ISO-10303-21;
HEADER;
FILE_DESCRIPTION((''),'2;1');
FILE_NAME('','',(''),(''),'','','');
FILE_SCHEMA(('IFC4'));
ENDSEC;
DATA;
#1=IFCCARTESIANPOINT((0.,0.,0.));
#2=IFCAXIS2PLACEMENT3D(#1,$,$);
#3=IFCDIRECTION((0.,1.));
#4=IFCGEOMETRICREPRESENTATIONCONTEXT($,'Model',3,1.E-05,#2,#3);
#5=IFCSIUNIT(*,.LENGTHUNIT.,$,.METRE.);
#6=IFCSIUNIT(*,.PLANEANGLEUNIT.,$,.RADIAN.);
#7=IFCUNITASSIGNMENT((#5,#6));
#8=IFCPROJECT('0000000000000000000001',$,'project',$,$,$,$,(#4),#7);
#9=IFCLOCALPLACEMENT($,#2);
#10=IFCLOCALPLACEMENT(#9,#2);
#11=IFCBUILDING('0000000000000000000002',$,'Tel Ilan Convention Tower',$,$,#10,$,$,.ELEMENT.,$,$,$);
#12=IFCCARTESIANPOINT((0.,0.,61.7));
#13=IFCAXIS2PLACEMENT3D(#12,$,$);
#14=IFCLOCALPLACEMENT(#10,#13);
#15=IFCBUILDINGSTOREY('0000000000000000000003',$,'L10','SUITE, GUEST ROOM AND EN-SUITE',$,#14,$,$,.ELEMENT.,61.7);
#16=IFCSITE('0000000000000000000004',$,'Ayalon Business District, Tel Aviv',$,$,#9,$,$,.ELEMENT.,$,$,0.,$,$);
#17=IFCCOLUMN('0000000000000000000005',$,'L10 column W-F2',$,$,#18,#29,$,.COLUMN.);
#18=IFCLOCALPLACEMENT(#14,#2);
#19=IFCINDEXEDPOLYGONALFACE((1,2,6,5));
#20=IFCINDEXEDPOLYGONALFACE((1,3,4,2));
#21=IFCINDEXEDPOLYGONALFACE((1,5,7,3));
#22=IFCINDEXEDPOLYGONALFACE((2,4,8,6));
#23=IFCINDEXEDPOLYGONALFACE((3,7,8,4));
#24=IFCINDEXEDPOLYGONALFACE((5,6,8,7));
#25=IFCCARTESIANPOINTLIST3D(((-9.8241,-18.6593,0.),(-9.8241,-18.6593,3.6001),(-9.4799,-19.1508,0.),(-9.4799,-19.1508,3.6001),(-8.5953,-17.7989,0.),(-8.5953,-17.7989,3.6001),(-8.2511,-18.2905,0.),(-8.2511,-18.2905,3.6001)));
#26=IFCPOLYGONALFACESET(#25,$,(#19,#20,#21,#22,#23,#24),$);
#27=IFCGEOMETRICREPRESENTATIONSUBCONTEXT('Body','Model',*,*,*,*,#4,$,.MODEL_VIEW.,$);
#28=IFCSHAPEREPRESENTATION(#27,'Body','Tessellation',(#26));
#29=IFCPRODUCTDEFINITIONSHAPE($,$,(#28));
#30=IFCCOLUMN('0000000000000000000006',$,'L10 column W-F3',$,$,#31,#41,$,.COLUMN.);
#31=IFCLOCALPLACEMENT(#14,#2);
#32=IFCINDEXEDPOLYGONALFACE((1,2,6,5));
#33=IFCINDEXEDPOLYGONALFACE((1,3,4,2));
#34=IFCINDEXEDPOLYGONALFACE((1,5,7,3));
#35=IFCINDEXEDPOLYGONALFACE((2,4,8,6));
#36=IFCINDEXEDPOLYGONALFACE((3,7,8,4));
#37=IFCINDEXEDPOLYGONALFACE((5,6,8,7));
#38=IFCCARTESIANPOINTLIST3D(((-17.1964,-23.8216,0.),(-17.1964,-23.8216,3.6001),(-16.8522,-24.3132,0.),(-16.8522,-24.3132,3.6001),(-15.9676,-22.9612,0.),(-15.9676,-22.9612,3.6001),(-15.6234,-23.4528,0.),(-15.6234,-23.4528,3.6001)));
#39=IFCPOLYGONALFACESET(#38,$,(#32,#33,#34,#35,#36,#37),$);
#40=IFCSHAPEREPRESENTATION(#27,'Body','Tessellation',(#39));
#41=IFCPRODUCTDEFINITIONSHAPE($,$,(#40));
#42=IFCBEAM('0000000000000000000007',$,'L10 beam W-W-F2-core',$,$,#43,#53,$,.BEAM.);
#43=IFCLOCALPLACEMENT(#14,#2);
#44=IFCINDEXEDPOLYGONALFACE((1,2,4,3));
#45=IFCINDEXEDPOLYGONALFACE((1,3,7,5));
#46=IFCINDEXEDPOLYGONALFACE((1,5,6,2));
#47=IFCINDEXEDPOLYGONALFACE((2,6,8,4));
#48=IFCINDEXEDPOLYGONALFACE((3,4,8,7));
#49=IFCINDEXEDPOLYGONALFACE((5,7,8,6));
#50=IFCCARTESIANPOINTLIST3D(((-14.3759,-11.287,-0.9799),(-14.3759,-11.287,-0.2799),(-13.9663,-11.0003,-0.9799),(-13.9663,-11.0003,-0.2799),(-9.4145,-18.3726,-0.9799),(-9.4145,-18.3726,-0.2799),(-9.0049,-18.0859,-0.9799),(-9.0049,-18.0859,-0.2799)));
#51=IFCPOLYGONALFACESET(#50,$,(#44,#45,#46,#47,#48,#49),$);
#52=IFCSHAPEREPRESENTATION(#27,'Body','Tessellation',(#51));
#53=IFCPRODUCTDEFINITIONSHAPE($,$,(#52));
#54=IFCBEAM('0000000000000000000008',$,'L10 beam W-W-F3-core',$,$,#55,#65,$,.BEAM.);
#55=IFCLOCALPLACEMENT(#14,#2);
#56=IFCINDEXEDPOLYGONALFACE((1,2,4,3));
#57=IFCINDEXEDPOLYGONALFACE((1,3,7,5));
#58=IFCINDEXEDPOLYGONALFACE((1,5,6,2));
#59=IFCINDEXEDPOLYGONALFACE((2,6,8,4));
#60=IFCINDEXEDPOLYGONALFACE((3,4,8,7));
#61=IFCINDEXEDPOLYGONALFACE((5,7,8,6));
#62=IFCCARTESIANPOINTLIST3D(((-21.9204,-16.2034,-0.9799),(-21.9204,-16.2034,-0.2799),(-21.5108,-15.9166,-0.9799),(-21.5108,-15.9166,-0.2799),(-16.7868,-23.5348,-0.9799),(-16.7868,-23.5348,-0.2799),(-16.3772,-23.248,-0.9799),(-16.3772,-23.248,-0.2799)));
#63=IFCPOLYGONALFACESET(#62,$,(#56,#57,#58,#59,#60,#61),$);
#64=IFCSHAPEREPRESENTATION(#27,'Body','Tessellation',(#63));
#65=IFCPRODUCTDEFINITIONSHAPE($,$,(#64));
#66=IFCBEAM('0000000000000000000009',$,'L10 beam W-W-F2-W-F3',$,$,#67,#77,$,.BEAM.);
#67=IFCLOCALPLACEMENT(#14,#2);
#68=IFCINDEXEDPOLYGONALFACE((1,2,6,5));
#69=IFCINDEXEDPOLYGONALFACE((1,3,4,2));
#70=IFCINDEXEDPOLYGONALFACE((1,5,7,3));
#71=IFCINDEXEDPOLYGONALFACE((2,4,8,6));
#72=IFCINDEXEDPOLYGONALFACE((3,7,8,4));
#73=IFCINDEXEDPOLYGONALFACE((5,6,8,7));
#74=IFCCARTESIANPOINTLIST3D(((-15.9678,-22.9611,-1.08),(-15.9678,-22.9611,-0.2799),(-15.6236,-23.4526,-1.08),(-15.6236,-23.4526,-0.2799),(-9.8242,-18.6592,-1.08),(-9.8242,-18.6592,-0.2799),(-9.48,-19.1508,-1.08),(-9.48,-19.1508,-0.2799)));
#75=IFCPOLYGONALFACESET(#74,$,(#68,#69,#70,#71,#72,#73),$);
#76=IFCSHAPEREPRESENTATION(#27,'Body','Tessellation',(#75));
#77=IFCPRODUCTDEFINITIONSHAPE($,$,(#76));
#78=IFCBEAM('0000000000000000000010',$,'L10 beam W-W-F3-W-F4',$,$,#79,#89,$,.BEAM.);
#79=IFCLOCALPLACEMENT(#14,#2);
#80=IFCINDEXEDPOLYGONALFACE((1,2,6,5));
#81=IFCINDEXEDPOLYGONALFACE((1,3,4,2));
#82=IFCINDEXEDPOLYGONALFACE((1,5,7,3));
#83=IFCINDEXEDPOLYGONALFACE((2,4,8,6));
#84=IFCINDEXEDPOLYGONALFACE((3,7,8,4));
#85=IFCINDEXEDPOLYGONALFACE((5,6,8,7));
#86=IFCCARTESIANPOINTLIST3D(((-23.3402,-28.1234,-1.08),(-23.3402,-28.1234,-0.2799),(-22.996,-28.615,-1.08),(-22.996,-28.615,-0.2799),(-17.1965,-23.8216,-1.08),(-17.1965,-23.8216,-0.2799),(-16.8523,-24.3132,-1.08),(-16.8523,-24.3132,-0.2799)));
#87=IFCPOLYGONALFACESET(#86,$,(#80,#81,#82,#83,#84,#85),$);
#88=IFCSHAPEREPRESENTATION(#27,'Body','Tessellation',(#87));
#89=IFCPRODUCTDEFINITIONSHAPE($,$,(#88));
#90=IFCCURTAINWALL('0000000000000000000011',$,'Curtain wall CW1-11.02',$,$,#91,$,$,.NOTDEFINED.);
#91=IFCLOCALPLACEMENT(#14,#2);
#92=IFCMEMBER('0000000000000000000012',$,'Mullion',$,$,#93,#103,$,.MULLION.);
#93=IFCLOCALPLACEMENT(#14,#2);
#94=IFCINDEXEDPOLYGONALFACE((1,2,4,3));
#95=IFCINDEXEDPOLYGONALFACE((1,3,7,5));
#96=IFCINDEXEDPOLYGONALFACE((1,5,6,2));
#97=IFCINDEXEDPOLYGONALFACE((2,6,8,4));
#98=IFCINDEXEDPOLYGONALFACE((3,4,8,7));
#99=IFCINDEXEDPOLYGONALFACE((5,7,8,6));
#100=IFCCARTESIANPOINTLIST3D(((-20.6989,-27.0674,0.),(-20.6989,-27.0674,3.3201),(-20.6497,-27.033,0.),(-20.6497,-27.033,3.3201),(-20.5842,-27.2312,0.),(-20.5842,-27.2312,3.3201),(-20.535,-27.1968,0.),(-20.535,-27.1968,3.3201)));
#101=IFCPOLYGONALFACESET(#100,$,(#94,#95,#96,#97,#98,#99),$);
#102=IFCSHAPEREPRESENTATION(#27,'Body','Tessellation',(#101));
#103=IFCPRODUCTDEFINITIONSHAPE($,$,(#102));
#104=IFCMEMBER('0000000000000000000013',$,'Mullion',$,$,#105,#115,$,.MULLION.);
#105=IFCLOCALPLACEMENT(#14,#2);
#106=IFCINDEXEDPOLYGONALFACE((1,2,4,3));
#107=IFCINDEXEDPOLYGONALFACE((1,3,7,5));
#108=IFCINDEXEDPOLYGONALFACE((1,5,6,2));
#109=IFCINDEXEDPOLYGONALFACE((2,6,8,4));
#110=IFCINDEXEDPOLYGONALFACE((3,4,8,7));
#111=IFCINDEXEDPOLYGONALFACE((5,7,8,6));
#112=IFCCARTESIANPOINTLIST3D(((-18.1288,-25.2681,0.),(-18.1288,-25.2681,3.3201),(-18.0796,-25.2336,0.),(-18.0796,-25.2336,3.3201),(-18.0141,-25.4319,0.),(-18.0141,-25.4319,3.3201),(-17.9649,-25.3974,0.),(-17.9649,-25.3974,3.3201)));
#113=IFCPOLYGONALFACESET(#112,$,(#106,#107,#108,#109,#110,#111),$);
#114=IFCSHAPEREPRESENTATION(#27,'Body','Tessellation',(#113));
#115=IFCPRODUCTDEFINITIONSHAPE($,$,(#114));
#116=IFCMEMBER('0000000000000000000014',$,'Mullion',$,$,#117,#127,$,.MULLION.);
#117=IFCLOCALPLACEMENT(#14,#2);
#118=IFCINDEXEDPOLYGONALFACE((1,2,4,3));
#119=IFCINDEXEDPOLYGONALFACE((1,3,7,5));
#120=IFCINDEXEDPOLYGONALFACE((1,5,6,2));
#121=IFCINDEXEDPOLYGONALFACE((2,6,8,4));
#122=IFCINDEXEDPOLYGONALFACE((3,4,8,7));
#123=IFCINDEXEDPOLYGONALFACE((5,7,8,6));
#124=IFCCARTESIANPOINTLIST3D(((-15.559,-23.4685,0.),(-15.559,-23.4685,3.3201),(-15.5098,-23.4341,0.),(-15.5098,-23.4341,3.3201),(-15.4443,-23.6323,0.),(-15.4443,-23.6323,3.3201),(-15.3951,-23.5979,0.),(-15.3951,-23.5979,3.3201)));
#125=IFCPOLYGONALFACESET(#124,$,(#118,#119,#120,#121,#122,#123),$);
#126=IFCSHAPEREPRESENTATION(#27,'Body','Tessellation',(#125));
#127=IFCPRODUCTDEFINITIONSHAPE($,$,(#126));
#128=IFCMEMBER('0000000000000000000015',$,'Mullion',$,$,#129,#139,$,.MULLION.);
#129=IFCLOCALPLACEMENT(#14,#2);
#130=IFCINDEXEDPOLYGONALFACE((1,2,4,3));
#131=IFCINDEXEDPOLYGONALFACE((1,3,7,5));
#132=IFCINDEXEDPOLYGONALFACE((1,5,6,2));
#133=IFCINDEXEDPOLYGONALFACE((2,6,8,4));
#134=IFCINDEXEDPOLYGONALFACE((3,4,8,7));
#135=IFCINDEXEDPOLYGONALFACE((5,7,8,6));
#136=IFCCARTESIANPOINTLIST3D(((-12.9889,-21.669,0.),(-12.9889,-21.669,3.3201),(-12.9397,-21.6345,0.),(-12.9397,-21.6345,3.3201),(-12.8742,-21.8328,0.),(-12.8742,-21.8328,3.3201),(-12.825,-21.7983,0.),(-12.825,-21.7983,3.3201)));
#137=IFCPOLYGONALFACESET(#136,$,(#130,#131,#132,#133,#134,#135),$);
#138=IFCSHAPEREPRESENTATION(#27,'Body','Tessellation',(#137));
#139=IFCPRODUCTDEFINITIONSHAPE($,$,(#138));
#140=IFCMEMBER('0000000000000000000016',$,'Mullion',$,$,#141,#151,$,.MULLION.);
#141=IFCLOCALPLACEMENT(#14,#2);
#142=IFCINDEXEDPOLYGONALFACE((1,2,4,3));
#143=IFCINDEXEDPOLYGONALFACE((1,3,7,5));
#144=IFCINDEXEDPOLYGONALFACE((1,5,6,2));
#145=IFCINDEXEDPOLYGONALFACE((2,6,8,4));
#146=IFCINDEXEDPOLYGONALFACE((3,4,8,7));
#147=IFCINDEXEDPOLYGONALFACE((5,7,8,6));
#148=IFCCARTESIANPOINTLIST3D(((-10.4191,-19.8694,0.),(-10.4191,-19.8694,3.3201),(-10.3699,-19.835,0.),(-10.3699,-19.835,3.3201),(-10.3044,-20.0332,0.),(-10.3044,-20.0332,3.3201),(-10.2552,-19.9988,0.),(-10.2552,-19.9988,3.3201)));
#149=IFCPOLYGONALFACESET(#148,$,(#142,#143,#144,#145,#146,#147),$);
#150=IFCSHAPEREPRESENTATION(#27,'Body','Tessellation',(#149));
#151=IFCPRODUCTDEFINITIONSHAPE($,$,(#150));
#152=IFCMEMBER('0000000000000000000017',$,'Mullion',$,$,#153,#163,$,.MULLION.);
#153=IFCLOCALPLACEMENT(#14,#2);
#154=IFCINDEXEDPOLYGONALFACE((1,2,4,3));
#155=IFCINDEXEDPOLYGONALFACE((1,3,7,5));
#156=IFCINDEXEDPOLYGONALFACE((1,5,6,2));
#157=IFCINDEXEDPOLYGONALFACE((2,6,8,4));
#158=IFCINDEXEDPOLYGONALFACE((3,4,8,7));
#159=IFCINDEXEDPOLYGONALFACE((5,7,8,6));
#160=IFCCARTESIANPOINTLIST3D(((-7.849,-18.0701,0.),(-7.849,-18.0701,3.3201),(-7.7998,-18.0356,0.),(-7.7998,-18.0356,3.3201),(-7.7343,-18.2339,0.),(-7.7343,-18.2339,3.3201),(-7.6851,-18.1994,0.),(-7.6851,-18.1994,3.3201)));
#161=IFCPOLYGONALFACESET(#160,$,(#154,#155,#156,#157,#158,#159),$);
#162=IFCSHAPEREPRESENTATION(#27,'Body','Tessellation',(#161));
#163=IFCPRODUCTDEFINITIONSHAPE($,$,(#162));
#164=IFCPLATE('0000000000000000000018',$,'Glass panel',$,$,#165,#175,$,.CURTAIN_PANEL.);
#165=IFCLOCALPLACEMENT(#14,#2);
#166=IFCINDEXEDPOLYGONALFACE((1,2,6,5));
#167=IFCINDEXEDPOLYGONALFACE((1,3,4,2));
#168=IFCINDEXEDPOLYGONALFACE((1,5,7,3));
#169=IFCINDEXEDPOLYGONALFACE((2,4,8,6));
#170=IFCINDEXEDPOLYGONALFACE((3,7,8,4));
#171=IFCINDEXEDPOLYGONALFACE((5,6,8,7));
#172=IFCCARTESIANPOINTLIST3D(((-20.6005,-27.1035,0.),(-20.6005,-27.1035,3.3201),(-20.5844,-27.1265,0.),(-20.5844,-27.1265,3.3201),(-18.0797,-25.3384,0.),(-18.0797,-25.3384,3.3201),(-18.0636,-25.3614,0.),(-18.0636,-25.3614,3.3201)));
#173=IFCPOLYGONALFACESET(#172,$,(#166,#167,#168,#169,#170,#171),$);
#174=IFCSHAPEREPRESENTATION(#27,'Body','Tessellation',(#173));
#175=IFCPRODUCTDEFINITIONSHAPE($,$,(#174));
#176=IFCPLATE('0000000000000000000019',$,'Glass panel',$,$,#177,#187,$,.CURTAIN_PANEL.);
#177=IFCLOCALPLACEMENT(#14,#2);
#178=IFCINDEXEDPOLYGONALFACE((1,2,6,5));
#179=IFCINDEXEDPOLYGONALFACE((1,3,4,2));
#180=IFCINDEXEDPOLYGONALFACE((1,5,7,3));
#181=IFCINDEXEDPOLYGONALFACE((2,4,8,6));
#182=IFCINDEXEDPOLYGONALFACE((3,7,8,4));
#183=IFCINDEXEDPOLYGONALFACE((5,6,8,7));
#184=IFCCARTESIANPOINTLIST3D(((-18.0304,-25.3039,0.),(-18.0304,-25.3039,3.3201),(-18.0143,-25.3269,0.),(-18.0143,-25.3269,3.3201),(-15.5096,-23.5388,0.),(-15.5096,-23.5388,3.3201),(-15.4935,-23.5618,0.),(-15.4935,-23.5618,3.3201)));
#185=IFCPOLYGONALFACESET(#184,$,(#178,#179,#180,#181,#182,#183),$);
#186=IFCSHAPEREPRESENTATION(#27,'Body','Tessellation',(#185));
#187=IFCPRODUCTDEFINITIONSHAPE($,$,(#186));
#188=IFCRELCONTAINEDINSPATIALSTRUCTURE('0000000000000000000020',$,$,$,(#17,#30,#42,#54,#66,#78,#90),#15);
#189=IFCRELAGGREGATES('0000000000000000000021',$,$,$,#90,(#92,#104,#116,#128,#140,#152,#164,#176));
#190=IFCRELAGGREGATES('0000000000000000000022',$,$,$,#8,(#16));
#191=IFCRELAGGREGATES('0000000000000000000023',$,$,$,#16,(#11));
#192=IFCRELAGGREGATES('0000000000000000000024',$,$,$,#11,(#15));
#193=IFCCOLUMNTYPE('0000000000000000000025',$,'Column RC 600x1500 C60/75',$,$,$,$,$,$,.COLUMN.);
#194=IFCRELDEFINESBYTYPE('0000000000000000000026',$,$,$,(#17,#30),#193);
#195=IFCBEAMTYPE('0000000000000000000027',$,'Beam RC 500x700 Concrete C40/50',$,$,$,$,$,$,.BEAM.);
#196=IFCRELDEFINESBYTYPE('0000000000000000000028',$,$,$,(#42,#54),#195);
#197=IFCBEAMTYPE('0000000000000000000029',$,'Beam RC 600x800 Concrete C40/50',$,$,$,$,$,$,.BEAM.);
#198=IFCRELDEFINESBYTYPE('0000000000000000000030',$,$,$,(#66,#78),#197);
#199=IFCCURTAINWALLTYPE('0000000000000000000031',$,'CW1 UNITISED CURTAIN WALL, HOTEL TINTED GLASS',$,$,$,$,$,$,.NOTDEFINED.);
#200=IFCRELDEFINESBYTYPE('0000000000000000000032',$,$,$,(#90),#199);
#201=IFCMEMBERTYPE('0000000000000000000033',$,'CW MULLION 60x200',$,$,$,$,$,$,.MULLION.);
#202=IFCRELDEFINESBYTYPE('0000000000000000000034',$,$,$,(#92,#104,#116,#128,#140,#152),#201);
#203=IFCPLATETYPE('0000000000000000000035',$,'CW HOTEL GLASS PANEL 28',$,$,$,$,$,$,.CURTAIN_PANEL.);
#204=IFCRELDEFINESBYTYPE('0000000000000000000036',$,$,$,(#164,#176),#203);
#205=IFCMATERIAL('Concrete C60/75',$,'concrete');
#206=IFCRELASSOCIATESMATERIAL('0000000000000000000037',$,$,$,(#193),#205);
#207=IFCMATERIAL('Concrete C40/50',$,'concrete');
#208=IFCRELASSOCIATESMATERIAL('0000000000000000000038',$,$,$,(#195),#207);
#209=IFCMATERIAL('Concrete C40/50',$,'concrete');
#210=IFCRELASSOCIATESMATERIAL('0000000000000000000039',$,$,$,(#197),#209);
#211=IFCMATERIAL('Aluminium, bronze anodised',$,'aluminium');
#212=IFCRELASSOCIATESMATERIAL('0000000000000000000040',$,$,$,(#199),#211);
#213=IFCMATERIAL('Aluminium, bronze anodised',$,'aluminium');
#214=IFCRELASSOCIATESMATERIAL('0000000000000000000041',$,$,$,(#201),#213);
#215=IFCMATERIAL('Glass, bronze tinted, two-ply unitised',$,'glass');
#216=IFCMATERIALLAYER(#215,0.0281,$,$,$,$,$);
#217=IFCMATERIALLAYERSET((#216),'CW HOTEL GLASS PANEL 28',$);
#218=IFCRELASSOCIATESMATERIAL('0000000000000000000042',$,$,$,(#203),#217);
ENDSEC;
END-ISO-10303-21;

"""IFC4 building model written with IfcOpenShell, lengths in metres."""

from ifc_helpers import new_model, si_unit, direction, frame, origin, origin_2d, place, context, subcontext, project, spatial, rectangle, extrude, material, layer, layer_set, material_profile, profile_set, type_object, element, aggregate, save


model = new_model("IFC4")

# Units and contexts
model_context = context("Model", 3, precision=1e-05, world=origin(), true_north=direction((0.0, 1.0)))
body_context = subcontext(model_context, "Body", "Model", "MODEL_VIEW")
ifc_project = project(units=[si_unit("LENGTHUNIT", "METRE"), si_unit("PLANEANGLEUNIT", "RADIAN")], contexts=[model_context])

# Site, building, storey
site_placement = place(None, origin())
site = spatial("IfcSite", under=ifc_project, at=site_placement, Name="Ayalon Business District, Tel Aviv", CompositionType="ELEMENT", RefElevation=0.0)
building_placement = place(site_placement, origin())
building = spatial("IfcBuilding", under=site, at=building_placement, Name="Tel Ilan Convention Tower", CompositionType="ELEMENT")
storey_placement = place(building_placement, frame((0.0, 0.0, 61.7)))
storey = spatial("IfcBuildingStorey", under=building, at=storey_placement, Name="L10", Description="SUITE, GUEST ROOM AND EN-SUITE", CompositionType="ELEMENT", Elevation=61.7)

# Columns
ifc_material_1 = material(Name="Concrete C60/75", Category="concrete")
ifc_material_profile_1 = material_profile(ifc_material_1, rectangle(XDim=1.5, YDim=0.6001, at=origin_2d()), Name="RC 600x1500")
ifc_profile_set_1 = profile_set([ifc_material_profile_1], Name="Concrete C60/75")
column_type = type_object("IfcColumnType", Name="Column RC 600x1500 C60/75", PredefinedType="COLUMN", material=ifc_profile_set_1)
for number, where, z_axis, x_axis, name in (
    (1, (-9.0376, -18.4749, 0.0), (0.0, 0.0, 1.0), (-0.819152, -0.573576, 0.0), "L10 column W-F2"),
    (2, (-16.4099, -23.6372, 0.0), (0.0, 0.0, 1.0), (-0.819152, -0.573576, 0.0), "L10 column W-F3"),
):
    element("IfcColumn", number, at=place(storey_placement, frame(where, z_axis=z_axis, x_axis=x_axis)), inside=storey, type_object=column_type, Name=name, PredefinedType="COLUMN", context=body_context, shape_type="SweptSolid", body=[
        extrude(rectangle(XDim=1.5, YDim=0.6001, at=origin_2d()), origin(), (0.0, 0.0, 1.0), 3.6001),
    ])

# Beams
ifc_material_2 = material(Name="Concrete C40/50", Category="concrete")
ifc_material_profile_2 = material_profile(ifc_material_2, rectangle(XDim=0.5, YDim=0.7, at=origin_2d()), Name="RC 500x700")
ifc_profile_set_2 = profile_set([ifc_material_profile_2], Name="Concrete C40/50")
beam_type_1 = type_object("IfcBeamType", Name="Beam RC 500x700 Concrete C40/50", PredefinedType="BEAM", material=ifc_profile_set_2)
beam_1_placement = place(storey_placement, frame((-9.2097, -18.2292, -0.6299), z_axis=(-0.573574, 0.819154, 0.0), x_axis=(-0.819154, -0.573574, 0.0)))
element("IfcBeam", 3, at=beam_1_placement, inside=storey, type_object=beam_type_1, Name="L10 beam W-W-F2-core", PredefinedType="BEAM", context=body_context, shape_type="SweptSolid", body=[
    extrude(rectangle(XDim=0.5, YDim=0.7, at=origin_2d()), origin(), (0.0, 0.0, 1.0), 8.6499),
])
beam_2_placement = place(storey_placement, frame((-16.582, -23.3914, -0.6299), z_axis=(-0.573585, 0.819146, 0.0), x_axis=(-0.819146, -0.573585, 0.0)))
element("IfcBeam", 4, at=beam_2_placement, inside=storey, type_object=beam_type_1, Name="L10 beam W-W-F3-core", PredefinedType="BEAM", context=body_context, shape_type="SweptSolid", body=[
    extrude(rectangle(XDim=0.5, YDim=0.7, at=origin_2d()), origin(), (0.0, 0.0, 1.0), 8.95),
])
ifc_material_3 = material(Name="Concrete C40/50", Category="concrete")
ifc_material_profile_3 = material_profile(ifc_material_3, rectangle(XDim=0.6001, YDim=0.8, at=origin_2d()), Name="RC 600x800")
ifc_profile_set_3 = profile_set([ifc_material_profile_3], Name="Concrete C40/50")
beam_type_2 = type_object("IfcBeamType", Name="Beam RC 600x800 Concrete C40/50", PredefinedType="BEAM", material=ifc_profile_set_3)
for number, where, z_axis, x_axis, name in (
    (5, (-9.6521, -18.905, -0.6799), (-0.819152, -0.573576, 0.0), (0.573576, -0.819152, 0.0), "L10 beam W-W-F2-W-F3"),
    (6, (-17.0244, -24.0674, -0.6799), (-0.819152, -0.573576, 0.0), (0.573576, -0.819152, 0.0), "L10 beam W-W-F3-W-F4"),
):
    element("IfcBeam", number, at=place(storey_placement, frame(where, z_axis=z_axis, x_axis=x_axis)), inside=storey, type_object=beam_type_2, Name=name, PredefinedType="BEAM", context=body_context, shape_type="SweptSolid", body=[
        extrude(rectangle(XDim=0.6001, YDim=0.8, at=origin_2d()), origin(), (0.0, 0.0, 1.0), 7.5),
    ])

# Curtain wall, members, plates
ifc_material_4 = material(Name="Aluminium, bronze anodised", Category="aluminium")
curtain_wall_type = type_object("IfcCurtainWallType", Name="CW1 UNITISED CURTAIN WALL, HOTEL TINTED GLASS", PredefinedType="NOTDEFINED", material=ifc_material_4)
curtain_wall_placement = place(storey_placement, origin())
curtain_wall = element("IfcCurtainWall", 7, at=curtain_wall_placement, inside=storey, type_object=curtain_wall_type, Name="Curtain wall CW1-11.02", PredefinedType="NOTDEFINED")
ifc_material_5 = material(Name="Aluminium, bronze anodised", Category="aluminium")
ifc_material_profile_4 = material_profile(ifc_material_5, rectangle(XDim=0.0601, YDim=0.2, at=origin_2d()), Name="CW MULLION 60x200")
ifc_profile_set_4 = profile_set([ifc_material_profile_4], Name="Aluminium, bronze anodised")
member_type = type_object("IfcMemberType", Name="CW MULLION 60x200", PredefinedType="MULLION", material=ifc_profile_set_4)
member_1_placement = place(storey_placement, frame((-20.6169, -27.1321, 0.0), z_axis=(0.0, 0.0, 1.0), x_axis=(0.819152, 0.573576, 0.0)))
member_1 = element("IfcMember", 8, at=member_1_placement, type_object=member_type, Name="Mullion", PredefinedType="MULLION", context=body_context, shape_type="SweptSolid", body=[
    extrude(rectangle(XDim=0.0601, YDim=0.2, at=origin_2d()), origin(), (0.0, 0.0, 1.0), 3.3201),
])
member_2_placement = place(storey_placement, frame((-18.0469, -25.3328, 0.0), z_axis=(0.0, 0.0, 1.0), x_axis=(0.819152, 0.573576, 0.0)))
member_2 = element("IfcMember", 9, at=member_2_placement, type_object=member_type, Name="Mullion", PredefinedType="MULLION", context=body_context, shape_type="SweptSolid", body=[
    extrude(rectangle(XDim=0.0601, YDim=0.2, at=origin_2d()), origin(), (0.0, 0.0, 1.0), 3.3201),
])
member_3_placement = place(storey_placement, frame((-15.4771, -23.5332, 0.0), z_axis=(0.0, 0.0, 1.0), x_axis=(0.819152, 0.573576, 0.0)))
member_3 = element("IfcMember", 10, at=member_3_placement, type_object=member_type, Name="Mullion", PredefinedType="MULLION", context=body_context, shape_type="SweptSolid", body=[
    extrude(rectangle(XDim=0.0601, YDim=0.2, at=origin_2d()), origin(), (0.0, 0.0, 1.0), 3.3201),
])
member_4_placement = place(storey_placement, frame((-12.907, -21.7336, 0.0), z_axis=(0.0, 0.0, 1.0), x_axis=(0.819152, 0.573576, 0.0)))
member_4 = element("IfcMember", 11, at=member_4_placement, type_object=member_type, Name="Mullion", PredefinedType="MULLION", context=body_context, shape_type="SweptSolid", body=[
    extrude(rectangle(XDim=0.0601, YDim=0.2, at=origin_2d()), origin(), (0.0, 0.0, 1.0), 3.3201),
])
member_5_placement = place(storey_placement, frame((-10.3372, -19.9341, 0.0), z_axis=(0.0, 0.0, 1.0), x_axis=(0.819152, 0.573576, 0.0)))
member_5 = element("IfcMember", 12, at=member_5_placement, type_object=member_type, Name="Mullion", PredefinedType="MULLION", context=body_context, shape_type="SweptSolid", body=[
    extrude(rectangle(XDim=0.0601, YDim=0.2, at=origin_2d()), origin(), (0.0, 0.0, 1.0), 3.3201),
])
member_6_placement = place(storey_placement, frame((-7.7671, -18.1348, 0.0), z_axis=(0.0, 0.0, 1.0), x_axis=(0.819152, 0.573576, 0.0)))
member_6 = element("IfcMember", 13, at=member_6_placement, type_object=member_type, Name="Mullion", PredefinedType="MULLION", context=body_context, shape_type="SweptSolid", body=[
    extrude(rectangle(XDim=0.0601, YDim=0.2, at=origin_2d()), origin(), (0.0, 0.0, 1.0), 3.3201),
])
ifc_material_6 = material(Name="Glass, bronze tinted, two-ply unitised", Category="glass")
ifc_layer_1 = layer(ifc_material_6, 0.0281)
ifc_layer_set_1 = layer_set([ifc_layer_1], Name="CW HOTEL GLASS PANEL 28")
plate_type = type_object("IfcPlateType", Name="CW HOTEL GLASS PANEL 28", PredefinedType="CURTAIN_PANEL", material=ifc_layer_set_1)
plate_1_placement = place(storey_placement, frame((-19.332, -26.2324, 0.0), z_axis=(0.0, 0.0, 1.0), x_axis=(0.819152, 0.573576, 0.0)))
plate_1 = element("IfcPlate", 14, at=plate_1_placement, type_object=plate_type, Name="Glass panel", PredefinedType="CURTAIN_PANEL", context=body_context, shape_type="SweptSolid", body=[
    extrude(rectangle(XDim=3.0774, YDim=0.0281, at=origin_2d()), origin(), (0.0, 0.0, 1.0), 3.3201),
])
plate_2_placement = place(storey_placement, frame((-16.762, -24.4329, 0.0), z_axis=(0.0, 0.0, 1.0), x_axis=(0.819152, 0.573576, 0.0)))
plate_2 = element("IfcPlate", 15, at=plate_2_placement, type_object=plate_type, Name="Glass panel", PredefinedType="CURTAIN_PANEL", context=body_context, shape_type="SweptSolid", body=[
    extrude(rectangle(XDim=3.0774, YDim=0.0281, at=origin_2d()), origin(), (0.0, 0.0, 1.0), 3.3201),
])
aggregate(curtain_wall, [member_1, member_2, member_3, member_4, member_5, member_6, plate_1, plate_2])

save(model, "model.ifc")
